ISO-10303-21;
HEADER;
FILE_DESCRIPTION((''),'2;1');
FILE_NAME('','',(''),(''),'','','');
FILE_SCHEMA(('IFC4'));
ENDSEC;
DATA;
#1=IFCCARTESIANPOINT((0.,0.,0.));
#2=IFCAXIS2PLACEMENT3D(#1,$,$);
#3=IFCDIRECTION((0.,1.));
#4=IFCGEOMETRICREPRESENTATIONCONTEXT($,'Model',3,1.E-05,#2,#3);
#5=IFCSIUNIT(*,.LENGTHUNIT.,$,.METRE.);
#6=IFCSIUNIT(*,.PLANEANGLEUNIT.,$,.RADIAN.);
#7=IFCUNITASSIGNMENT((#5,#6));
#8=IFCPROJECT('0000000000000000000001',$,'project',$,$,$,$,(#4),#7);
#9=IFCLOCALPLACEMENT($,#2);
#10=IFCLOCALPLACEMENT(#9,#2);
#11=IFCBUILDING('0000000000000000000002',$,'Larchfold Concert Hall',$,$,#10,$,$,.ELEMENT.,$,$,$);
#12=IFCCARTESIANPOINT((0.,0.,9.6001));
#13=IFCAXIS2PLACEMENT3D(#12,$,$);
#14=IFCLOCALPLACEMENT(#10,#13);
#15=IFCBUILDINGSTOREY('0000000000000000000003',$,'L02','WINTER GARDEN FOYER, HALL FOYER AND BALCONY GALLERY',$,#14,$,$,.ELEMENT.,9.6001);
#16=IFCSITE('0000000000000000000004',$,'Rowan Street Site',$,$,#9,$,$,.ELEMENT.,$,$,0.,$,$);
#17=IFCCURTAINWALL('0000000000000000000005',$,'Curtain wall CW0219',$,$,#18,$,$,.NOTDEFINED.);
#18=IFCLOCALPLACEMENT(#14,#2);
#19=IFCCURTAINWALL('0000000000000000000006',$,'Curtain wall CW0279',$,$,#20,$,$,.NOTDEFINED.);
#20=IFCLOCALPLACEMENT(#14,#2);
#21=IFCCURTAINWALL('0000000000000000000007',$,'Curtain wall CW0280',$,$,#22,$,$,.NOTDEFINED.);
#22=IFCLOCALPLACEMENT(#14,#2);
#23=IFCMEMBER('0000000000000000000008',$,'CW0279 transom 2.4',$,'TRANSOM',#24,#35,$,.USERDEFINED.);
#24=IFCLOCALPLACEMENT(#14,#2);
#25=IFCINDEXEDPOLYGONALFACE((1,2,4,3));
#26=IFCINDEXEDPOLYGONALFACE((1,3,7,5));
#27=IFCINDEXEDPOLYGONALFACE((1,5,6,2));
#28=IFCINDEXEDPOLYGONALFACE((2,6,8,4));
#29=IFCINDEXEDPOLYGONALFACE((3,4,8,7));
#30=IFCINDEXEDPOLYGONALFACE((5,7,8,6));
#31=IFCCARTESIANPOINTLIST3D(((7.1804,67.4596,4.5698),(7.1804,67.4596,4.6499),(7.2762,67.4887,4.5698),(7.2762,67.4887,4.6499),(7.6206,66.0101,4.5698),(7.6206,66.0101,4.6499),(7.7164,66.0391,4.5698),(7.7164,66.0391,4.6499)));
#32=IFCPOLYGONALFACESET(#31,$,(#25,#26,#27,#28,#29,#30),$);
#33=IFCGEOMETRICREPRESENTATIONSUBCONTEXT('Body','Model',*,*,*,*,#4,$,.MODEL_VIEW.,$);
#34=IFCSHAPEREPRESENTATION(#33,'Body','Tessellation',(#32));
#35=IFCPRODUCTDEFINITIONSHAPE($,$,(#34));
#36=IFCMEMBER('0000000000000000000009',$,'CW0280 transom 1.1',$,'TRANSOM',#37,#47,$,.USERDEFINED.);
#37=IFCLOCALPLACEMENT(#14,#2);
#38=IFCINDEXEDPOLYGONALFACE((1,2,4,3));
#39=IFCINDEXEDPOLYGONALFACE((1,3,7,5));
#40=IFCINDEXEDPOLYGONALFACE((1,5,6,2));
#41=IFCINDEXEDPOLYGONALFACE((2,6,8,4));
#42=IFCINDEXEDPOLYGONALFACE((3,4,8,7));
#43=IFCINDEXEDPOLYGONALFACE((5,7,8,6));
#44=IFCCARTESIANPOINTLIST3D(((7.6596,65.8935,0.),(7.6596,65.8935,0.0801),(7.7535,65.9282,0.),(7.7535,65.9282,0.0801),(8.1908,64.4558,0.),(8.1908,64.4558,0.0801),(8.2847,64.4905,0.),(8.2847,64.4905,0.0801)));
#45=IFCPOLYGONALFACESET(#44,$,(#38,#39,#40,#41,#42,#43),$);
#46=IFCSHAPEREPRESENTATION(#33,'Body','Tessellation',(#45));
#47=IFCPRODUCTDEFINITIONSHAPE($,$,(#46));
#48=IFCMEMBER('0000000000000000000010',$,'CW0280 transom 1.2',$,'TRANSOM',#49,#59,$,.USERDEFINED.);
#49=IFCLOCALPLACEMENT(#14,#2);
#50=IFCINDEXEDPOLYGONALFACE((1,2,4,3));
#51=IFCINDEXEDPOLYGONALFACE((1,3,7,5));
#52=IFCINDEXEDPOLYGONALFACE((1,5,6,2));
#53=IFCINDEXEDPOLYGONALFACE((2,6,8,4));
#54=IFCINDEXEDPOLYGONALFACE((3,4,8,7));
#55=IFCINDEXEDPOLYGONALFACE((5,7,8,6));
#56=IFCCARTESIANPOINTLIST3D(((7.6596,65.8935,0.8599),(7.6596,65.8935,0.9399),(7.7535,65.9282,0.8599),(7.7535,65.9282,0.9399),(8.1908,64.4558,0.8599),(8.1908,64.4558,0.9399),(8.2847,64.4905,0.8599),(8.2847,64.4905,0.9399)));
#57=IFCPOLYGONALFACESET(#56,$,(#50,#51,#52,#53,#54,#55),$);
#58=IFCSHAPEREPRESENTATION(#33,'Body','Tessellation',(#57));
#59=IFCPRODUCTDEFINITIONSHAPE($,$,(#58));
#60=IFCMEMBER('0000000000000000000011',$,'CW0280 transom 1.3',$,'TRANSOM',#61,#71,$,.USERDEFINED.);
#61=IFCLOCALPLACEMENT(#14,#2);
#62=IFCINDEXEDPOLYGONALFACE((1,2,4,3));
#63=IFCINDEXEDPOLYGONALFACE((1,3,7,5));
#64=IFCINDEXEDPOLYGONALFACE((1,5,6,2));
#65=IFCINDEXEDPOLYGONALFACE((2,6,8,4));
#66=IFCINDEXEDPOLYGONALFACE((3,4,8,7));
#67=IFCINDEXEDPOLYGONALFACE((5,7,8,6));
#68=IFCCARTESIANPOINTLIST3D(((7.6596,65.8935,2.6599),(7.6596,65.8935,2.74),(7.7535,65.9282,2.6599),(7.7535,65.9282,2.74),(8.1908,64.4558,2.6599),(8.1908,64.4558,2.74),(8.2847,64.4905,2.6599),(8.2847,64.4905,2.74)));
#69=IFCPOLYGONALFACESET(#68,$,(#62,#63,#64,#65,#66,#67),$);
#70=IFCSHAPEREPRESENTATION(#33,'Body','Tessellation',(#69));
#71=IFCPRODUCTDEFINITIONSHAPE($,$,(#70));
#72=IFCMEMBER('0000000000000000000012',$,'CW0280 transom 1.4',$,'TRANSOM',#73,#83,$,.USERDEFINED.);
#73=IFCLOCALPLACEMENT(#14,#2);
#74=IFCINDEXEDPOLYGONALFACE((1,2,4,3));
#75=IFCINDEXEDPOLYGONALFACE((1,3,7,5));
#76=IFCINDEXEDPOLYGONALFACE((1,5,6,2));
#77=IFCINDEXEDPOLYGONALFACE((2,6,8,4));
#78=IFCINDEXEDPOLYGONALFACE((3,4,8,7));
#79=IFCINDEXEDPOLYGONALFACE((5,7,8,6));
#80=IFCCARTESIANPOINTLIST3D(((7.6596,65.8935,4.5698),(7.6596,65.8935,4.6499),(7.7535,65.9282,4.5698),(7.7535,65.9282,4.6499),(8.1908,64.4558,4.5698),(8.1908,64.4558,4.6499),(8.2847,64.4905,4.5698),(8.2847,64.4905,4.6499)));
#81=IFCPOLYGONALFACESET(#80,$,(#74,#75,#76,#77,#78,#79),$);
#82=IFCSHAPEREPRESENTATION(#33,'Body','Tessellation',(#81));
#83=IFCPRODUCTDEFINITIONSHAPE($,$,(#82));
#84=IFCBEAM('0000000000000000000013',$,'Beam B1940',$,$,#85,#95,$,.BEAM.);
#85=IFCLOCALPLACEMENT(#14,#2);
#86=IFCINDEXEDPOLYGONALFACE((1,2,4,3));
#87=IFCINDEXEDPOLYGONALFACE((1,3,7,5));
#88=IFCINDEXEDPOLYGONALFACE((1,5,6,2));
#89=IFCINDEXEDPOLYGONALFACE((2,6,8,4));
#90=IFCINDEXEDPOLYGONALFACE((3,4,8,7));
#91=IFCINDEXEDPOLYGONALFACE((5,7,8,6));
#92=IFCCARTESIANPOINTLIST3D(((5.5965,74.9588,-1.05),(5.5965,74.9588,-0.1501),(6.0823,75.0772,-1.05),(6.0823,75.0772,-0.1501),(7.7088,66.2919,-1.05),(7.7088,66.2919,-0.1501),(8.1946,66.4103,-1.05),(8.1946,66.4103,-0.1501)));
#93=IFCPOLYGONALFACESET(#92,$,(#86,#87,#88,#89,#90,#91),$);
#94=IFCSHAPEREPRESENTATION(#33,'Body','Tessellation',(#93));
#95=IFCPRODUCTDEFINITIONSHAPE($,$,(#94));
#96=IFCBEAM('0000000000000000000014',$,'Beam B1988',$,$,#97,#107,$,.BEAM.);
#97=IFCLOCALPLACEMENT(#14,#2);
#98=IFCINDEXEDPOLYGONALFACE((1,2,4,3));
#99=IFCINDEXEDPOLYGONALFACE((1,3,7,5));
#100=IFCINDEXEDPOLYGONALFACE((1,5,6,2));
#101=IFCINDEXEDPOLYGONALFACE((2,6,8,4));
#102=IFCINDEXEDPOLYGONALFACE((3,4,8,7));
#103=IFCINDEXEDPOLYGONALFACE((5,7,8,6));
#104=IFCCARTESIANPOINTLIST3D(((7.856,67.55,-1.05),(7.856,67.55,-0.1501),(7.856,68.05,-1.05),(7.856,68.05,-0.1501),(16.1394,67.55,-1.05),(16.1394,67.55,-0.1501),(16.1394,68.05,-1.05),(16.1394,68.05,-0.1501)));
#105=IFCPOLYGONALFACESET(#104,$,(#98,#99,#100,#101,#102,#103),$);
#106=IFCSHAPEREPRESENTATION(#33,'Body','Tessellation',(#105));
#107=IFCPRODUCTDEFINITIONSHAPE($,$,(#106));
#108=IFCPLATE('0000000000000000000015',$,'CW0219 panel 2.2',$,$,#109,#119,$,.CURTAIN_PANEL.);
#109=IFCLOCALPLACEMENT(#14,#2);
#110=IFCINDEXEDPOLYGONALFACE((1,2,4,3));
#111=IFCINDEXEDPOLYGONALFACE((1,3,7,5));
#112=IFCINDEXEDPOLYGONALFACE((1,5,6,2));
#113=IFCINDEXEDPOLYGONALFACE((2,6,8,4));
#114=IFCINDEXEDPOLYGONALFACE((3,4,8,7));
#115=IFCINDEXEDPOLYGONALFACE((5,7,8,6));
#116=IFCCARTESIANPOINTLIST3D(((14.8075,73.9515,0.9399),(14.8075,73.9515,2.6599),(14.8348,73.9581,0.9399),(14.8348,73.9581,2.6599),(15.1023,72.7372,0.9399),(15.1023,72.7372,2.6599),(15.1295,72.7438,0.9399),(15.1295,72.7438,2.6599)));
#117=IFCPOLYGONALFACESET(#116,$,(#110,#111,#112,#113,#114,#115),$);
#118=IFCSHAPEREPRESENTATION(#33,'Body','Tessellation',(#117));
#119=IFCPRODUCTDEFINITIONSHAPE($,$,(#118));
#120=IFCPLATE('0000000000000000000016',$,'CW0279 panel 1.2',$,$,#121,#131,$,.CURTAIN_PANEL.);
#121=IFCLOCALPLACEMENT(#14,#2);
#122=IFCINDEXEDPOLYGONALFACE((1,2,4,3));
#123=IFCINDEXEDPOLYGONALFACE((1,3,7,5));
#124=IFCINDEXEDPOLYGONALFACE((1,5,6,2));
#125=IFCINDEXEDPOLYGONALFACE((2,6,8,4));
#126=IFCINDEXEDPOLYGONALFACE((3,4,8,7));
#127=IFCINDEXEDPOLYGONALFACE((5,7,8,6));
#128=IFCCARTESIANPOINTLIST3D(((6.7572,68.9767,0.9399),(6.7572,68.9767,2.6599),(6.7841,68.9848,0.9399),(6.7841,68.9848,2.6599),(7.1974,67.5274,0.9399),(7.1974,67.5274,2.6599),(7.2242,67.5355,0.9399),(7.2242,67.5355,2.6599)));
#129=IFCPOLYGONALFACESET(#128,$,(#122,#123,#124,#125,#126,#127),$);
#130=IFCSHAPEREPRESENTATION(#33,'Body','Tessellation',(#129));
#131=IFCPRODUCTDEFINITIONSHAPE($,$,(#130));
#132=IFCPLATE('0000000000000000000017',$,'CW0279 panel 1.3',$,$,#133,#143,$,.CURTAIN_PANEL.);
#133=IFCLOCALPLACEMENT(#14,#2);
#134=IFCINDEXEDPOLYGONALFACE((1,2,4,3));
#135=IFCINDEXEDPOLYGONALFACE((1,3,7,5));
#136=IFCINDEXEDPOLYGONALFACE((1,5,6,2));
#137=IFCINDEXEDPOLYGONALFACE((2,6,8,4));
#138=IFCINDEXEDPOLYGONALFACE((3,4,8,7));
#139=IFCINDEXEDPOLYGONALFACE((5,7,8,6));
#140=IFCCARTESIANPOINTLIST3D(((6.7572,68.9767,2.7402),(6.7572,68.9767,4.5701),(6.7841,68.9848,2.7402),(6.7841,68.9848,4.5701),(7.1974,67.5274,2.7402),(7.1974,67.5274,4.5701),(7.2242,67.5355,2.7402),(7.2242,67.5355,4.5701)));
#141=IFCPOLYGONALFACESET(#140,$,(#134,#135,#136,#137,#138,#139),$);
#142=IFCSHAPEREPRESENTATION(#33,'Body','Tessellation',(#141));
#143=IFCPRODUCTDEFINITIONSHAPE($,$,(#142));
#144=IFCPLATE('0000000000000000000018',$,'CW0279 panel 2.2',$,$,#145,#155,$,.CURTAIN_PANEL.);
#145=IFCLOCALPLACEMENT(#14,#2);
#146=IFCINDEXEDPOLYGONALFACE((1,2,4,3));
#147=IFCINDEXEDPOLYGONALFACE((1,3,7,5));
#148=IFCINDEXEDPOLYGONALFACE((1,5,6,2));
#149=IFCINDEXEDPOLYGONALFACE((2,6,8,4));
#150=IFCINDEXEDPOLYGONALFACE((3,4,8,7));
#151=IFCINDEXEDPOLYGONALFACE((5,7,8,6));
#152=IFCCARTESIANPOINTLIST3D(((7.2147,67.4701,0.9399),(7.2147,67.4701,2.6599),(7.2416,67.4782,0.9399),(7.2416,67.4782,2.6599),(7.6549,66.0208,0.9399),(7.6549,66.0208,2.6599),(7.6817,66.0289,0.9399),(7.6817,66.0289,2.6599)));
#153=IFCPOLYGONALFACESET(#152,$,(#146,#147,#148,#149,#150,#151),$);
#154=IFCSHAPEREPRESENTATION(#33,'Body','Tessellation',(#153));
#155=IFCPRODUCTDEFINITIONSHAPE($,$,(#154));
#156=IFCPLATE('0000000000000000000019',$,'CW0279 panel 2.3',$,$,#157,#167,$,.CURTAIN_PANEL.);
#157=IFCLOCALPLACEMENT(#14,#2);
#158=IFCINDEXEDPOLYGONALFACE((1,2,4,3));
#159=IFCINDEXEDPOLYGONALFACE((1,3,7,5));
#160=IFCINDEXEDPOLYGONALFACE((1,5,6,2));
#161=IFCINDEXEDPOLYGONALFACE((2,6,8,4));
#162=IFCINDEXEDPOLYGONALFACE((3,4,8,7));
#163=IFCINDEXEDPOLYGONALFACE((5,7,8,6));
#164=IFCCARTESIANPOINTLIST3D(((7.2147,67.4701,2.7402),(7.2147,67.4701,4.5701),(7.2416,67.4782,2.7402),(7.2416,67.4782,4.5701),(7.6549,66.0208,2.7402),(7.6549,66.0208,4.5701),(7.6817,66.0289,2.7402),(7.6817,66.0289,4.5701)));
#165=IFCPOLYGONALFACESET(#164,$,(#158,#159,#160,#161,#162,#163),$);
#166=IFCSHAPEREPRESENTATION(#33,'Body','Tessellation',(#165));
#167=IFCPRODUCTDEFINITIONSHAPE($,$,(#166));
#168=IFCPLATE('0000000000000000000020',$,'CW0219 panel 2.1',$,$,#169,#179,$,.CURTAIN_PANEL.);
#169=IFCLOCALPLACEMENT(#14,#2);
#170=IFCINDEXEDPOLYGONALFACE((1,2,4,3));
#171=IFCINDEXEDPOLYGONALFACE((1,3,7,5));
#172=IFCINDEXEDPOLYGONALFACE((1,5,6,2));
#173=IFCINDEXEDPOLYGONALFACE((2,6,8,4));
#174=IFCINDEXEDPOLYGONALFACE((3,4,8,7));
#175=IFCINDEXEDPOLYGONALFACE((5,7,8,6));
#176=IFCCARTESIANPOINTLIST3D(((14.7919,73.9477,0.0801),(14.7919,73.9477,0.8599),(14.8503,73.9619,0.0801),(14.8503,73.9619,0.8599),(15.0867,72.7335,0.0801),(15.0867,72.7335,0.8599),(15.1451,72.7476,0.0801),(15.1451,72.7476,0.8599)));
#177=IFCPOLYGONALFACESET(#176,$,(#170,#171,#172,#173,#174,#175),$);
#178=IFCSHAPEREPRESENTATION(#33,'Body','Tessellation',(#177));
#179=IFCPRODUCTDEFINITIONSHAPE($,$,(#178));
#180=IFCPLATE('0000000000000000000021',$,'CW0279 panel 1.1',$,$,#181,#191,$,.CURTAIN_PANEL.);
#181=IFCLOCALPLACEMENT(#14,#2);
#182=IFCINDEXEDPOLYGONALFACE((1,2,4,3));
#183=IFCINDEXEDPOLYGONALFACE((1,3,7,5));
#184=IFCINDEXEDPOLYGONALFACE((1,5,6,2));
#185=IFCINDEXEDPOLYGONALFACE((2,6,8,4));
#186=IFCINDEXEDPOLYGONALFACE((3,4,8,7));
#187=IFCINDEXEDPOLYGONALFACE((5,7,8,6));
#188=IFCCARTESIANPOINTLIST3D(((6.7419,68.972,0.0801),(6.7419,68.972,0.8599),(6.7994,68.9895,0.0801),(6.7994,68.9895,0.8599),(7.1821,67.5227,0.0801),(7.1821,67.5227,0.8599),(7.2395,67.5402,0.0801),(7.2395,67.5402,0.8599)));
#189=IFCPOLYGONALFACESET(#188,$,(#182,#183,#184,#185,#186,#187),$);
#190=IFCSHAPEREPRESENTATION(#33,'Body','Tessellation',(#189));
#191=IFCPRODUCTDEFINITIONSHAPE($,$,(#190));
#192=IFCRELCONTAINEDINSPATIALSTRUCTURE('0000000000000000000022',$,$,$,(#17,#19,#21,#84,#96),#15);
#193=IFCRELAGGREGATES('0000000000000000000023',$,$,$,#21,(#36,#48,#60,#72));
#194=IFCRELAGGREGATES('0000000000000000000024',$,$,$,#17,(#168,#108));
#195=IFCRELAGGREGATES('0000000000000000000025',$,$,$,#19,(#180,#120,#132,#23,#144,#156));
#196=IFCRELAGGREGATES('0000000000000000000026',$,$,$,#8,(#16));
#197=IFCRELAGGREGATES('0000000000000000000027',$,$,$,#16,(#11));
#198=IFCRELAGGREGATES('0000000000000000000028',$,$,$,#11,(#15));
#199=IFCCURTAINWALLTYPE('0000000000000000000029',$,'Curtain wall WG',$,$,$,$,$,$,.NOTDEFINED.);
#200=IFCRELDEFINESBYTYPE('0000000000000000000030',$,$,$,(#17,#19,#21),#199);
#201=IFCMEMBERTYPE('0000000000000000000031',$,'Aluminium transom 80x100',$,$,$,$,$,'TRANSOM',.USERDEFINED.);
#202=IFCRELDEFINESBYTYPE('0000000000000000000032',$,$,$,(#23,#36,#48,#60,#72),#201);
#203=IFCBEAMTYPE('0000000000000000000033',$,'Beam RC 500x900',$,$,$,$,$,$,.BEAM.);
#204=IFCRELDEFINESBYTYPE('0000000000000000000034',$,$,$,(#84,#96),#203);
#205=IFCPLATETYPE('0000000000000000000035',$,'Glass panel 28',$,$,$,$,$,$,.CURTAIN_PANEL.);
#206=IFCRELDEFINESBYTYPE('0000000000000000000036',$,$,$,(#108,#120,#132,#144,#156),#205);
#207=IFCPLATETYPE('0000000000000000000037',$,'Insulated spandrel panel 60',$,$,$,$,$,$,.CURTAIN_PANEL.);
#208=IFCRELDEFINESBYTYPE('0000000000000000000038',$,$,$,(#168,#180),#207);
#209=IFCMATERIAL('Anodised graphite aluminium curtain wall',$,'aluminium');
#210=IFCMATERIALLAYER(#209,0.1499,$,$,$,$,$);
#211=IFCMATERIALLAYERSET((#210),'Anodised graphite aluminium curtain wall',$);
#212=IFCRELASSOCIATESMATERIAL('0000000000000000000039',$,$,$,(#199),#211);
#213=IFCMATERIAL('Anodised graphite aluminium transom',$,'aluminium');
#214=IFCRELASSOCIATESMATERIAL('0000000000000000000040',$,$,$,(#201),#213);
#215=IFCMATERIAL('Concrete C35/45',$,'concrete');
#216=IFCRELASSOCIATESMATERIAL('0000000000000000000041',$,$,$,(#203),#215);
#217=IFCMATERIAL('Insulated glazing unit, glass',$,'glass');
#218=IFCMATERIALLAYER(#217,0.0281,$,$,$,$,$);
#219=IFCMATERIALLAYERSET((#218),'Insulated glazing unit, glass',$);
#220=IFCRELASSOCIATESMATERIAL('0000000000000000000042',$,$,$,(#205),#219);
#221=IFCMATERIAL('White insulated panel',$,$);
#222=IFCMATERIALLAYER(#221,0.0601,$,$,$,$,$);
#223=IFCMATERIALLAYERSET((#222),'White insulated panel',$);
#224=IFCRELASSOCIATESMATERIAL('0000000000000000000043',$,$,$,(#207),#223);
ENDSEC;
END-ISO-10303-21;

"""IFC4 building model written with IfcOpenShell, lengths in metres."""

from ifc_helpers import new_model, si_unit, direction, frame, origin, origin_2d, place, context, subcontext, project, spatial, rectangle, extrude, material, layer, layer_set, material_profile, profile_set, type_object, element, aggregate, save


model = new_model("IFC4")

# Units and contexts
model_context = context("Model", 3, precision=1e-05, world=origin(), true_north=direction((0.0, 1.0)))
body_context = subcontext(model_context, "Body", "Model", "MODEL_VIEW")
ifc_project = project(units=[si_unit("LENGTHUNIT", "METRE"), si_unit("PLANEANGLEUNIT", "RADIAN")], contexts=[model_context])

# Site, building, storey
site_placement = place(None, origin())
site = spatial("IfcSite", under=ifc_project, at=site_placement, Name="Rowan Street Site", CompositionType="ELEMENT", RefElevation=0.0)
building_placement = place(site_placement, origin())
building = spatial("IfcBuilding", under=site, at=building_placement, Name="Larchfold Concert Hall", CompositionType="ELEMENT")
storey_placement = place(building_placement, frame((0.0, 0.0, 9.6001)))
storey = spatial("IfcBuildingStorey", under=building, at=storey_placement, Name="L02", Description="WINTER GARDEN FOYER, HALL FOYER AND BALCONY GALLERY", CompositionType="ELEMENT", Elevation=9.6001)

# Curtain wall
ifc_material_1 = material(Name="Anodised graphite aluminium curtain wall", Category="aluminium")
ifc_layer_1 = layer(ifc_material_1, 0.1499)
ifc_layer_set_1 = layer_set([ifc_layer_1], Name="Anodised graphite aluminium curtain wall")
curtain_wall_type = type_object("IfcCurtainWallType", Name="Curtain wall WG", PredefinedType="NOTDEFINED", material=ifc_layer_set_1)
curtain_wall_1_placement = place(storey_placement, origin())
curtain_wall_1 = element("IfcCurtainWall", 1, at=curtain_wall_1_placement, inside=storey, type_object=curtain_wall_type, Name="Curtain wall CW0219", PredefinedType="NOTDEFINED")

# Curtain wall
curtain_wall_2_placement = place(storey_placement, origin())
curtain_wall_2 = element("IfcCurtainWall", 2, at=curtain_wall_2_placement, inside=storey, type_object=curtain_wall_type, Name="Curtain wall CW0279", PredefinedType="NOTDEFINED")

# Curtain wall
curtain_wall_3_placement = place(storey_placement, origin())
curtain_wall_3 = element("IfcCurtainWall", 3, at=curtain_wall_3_placement, inside=storey, type_object=curtain_wall_type, Name="Curtain wall CW0280", PredefinedType="NOTDEFINED")

# Members
ifc_material_2 = material(Name="Anodised graphite aluminium transom", Category="aluminium")
ifc_material_profile_1 = material_profile(ifc_material_2, rectangle(XDim=0.1001, YDim=0.0801, at=origin_2d()))
ifc_profile_set_1 = profile_set([ifc_material_profile_1], Name="Anodised graphite aluminium transom")
member_type_1 = type_object("IfcMemberType", Name="Aluminium transom 80x100", ElementType="TRANSOM", PredefinedType="USERDEFINED", material=ifc_profile_set_1)
member_1_placement = place(storey_placement, frame((7.2283, 67.4741, 4.6099), z_axis=(0.290584, -0.956849, 0.0), x_axis=(0.956849, 0.290584, 0.0)))
member_1 = element("IfcMember", 4, at=member_1_placement, type_object=member_type_1, Name="CW0279 transom 2.4", ObjectType="TRANSOM", PredefinedType="USERDEFINED", context=body_context, shape_type="SweptSolid", body=[
    extrude(rectangle(XDim=0.1001, YDim=0.0801, at=origin_2d()), origin(), (0.0, 0.0, 1.0), 1.5149),
])
member_2_placement = place(storey_placement, frame((7.7065, 65.9109, 0.04), z_axis=(0.346598, -0.938014, 0.0), x_axis=(0.938014, 0.346598, 0.0)))
member_2 = element("IfcMember", 5, at=member_2_placement, type_object=member_type_1, Name="CW0280 transom 1.1", ObjectType="TRANSOM", PredefinedType="USERDEFINED", context=body_context, shape_type="SweptSolid", body=[
    extrude(rectangle(XDim=0.1001, YDim=0.0801, at=origin_2d()), origin(), (0.0, 0.0, 1.0), 1.5327),
])
member_3_placement = place(storey_placement, frame((7.7065, 65.9109, 0.8999), z_axis=(0.346598, -0.938014, 0.0), x_axis=(0.938014, 0.346598, 0.0)))
member_3 = element("IfcMember", 6, at=member_3_placement, type_object=member_type_1, Name="CW0280 transom 1.2", ObjectType="TRANSOM", PredefinedType="USERDEFINED", context=body_context, shape_type="SweptSolid", body=[
    extrude(rectangle(XDim=0.1001, YDim=0.0801, at=origin_2d()), origin(), (0.0, 0.0, 1.0), 1.5327),
])
member_4_placement = place(storey_placement, frame((7.7065, 65.9109, 2.7), z_axis=(0.346598, -0.938014, 0.0), x_axis=(0.938014, 0.346598, 0.0)))
member_4 = element("IfcMember", 7, at=member_4_placement, type_object=member_type_1, Name="CW0280 transom 1.3", ObjectType="TRANSOM", PredefinedType="USERDEFINED", context=body_context, shape_type="SweptSolid", body=[
    extrude(rectangle(XDim=0.1001, YDim=0.0801, at=origin_2d()), origin(), (0.0, 0.0, 1.0), 1.5327),
])
member_5_placement = place(storey_placement, frame((7.7065, 65.9109, 4.6099), z_axis=(0.346598, -0.938014, 0.0), x_axis=(0.938014, 0.346598, 0.0)))
member_5 = element("IfcMember", 8, at=member_5_placement, type_object=member_type_1, Name="CW0280 transom 1.4", ObjectType="TRANSOM", PredefinedType="USERDEFINED", context=body_context, shape_type="SweptSolid", body=[
    extrude(rectangle(XDim=0.1001, YDim=0.0801, at=origin_2d()), origin(), (0.0, 0.0, 1.0), 1.5327),
])
aggregate(curtain_wall_3, [member_2, member_3, member_4, member_5])

# Beams
ifc_material_3 = material(Name="Concrete C35/45", Category="concrete")
ifc_material_profile_2 = material_profile(ifc_material_3, rectangle(XDim=0.5, YDim=0.8999, at=origin_2d()))
ifc_profile_set_2 = profile_set([ifc_material_profile_2], Name="Concrete C35/45")
beam_type = type_object("IfcBeamType", Name="Beam RC 500x900", PredefinedType="BEAM", material=ifc_profile_set_2)
beam_1_placement = place(storey_placement, frame((7.9517, 66.3511, -0.6001), z_axis=(-0.236787, 0.971562, 0.0), x_axis=(-0.971562, -0.236787, 0.0)))
element("IfcBeam", 9, at=beam_1_placement, inside=storey, type_object=beam_type, Name="Beam B1940", PredefinedType="BEAM", context=body_context, shape_type="SweptSolid", body=[
    extrude(rectangle(XDim=0.5, YDim=0.8999, at=origin_2d()), origin(), (0.0, 0.0, 1.0), 8.9207),
])
beam_2_placement = place(storey_placement, frame((7.856, 67.8, -0.6001), z_axis=(1.0, 0.0, 0.0), x_axis=(0.0, 1.0, 0.0)))
element("IfcBeam", 10, at=beam_2_placement, inside=storey, type_object=beam_type, Name="Beam B1988", PredefinedType="BEAM", context=body_context, shape_type="SweptSolid", body=[
    extrude(rectangle(XDim=0.5, YDim=0.8999, at=origin_2d()), origin(), (0.0, 0.0, 1.0), 8.2834),
])

# Plates
ifc_material_4 = material(Name="Insulated glazing unit, glass", Category="glass")
ifc_layer_2 = layer(ifc_material_4, 0.0281)
ifc_layer_set_2 = layer_set([ifc_layer_2], Name="Insulated glazing unit, glass")
plate_type_1 = type_object("IfcPlateType", Name="Glass panel 28", PredefinedType="CURTAIN_PANEL", material=ifc_layer_set_2)
plate_1_placement = place(storey_placement, frame((14.9685, 73.3477, 0.9399), z_axis=(0.0, 0.0, 1.0), x_axis=(-0.235926, 0.971771, 0.0)))
plate_1 = element("IfcPlate", 11, at=plate_1_placement, type_object=plate_type_1, Name="CW0219 panel 2.2", PredefinedType="CURTAIN_PANEL", context=body_context, shape_type="SweptSolid", body=[
    extrude(rectangle(XDim=1.2495, YDim=0.0281, at=origin_2d()), origin(), (0.0, 0.0, 1.0), 1.72),
])
plate_2_placement = place(storey_placement, frame((6.9907, 68.2561, 0.9399), z_axis=(0.0, 0.0, 1.0), x_axis=(0.290577, -0.956851, 0.0)))
plate_2 = element("IfcPlate", 12, at=plate_2_placement, type_object=plate_type_1, Name="CW0279 panel 1.2", PredefinedType="CURTAIN_PANEL", context=body_context, shape_type="SweptSolid", body=[
    extrude(rectangle(XDim=1.5146, YDim=0.0281, at=origin_2d()), origin(), (0.0, 0.0, 1.0), 1.72),
])
plate_3_placement = place(storey_placement, frame((6.9907, 68.2561, 2.7402), z_axis=(0.0, 0.0, 1.0), x_axis=(0.290577, -0.956851, 0.0)))
plate_3 = element("IfcPlate", 13, at=plate_3_placement, type_object=plate_type_1, Name="CW0279 panel 1.3", PredefinedType="CURTAIN_PANEL", context=body_context, shape_type="SweptSolid", body=[
    extrude(rectangle(XDim=1.5146, YDim=0.0281, at=origin_2d()), origin(), (0.0, 0.0, 1.0), 1.8298),
])
plate_4_placement = place(storey_placement, frame((7.4482, 66.7495, 0.9399), z_axis=(0.0, 0.0, 1.0), x_axis=(0.290577, -0.956851, 0.0)))
plate_4 = element("IfcPlate", 14, at=plate_4_placement, type_object=plate_type_1, Name="CW0279 panel 2.2", PredefinedType="CURTAIN_PANEL", context=body_context, shape_type="SweptSolid", body=[
    extrude(rectangle(XDim=1.5146, YDim=0.0281, at=origin_2d()), origin(), (0.0, 0.0, 1.0), 1.72),
])
plate_5_placement = place(storey_placement, frame((7.4482, 66.7495, 2.7402), z_axis=(0.0, 0.0, 1.0), x_axis=(0.290577, -0.956851, 0.0)))
plate_5 = element("IfcPlate", 15, at=plate_5_placement, type_object=plate_type_1, Name="CW0279 panel 2.3", PredefinedType="CURTAIN_PANEL", context=body_context, shape_type="SweptSolid", body=[
    extrude(rectangle(XDim=1.5146, YDim=0.0281, at=origin_2d()), origin(), (0.0, 0.0, 1.0), 1.8298),
])
ifc_material_5 = material(Name="White insulated panel")
ifc_layer_3 = layer(ifc_material_5, 0.0601)
ifc_layer_set_3 = layer_set([ifc_layer_3], Name="White insulated panel")
plate_type_2 = type_object("IfcPlateType", Name="Insulated spandrel panel 60", PredefinedType="CURTAIN_PANEL", material=ifc_layer_set_3)
plate_6_placement = place(storey_placement, frame((14.9685, 73.3477, 0.0801), z_axis=(0.0, 0.0, 1.0), x_axis=(-0.235926, 0.971771, 0.0)))
plate_6 = element("IfcPlate", 16, at=plate_6_placement, type_object=plate_type_2, Name="CW0219 panel 2.1", PredefinedType="CURTAIN_PANEL", context=body_context, shape_type="SweptSolid", body=[
    extrude(rectangle(XDim=1.2495, YDim=0.0601, at=origin_2d()), origin(), (0.0, 0.0, 1.0), 0.7798),
])
aggregate(curtain_wall_1, [plate_6, plate_1])
plate_7_placement = place(storey_placement, frame((6.9907, 68.2561, 0.0801), z_axis=(0.0, 0.0, 1.0), x_axis=(0.290577, -0.956851, 0.0)))
plate_7 = element("IfcPlate", 17, at=plate_7_placement, type_object=plate_type_2, Name="CW0279 panel 1.1", PredefinedType="CURTAIN_PANEL", context=body_context, shape_type="SweptSolid", body=[
    extrude(rectangle(XDim=1.5146, YDim=0.0601, at=origin_2d()), origin(), (0.0, 0.0, 1.0), 0.7798),
])
aggregate(curtain_wall_2, [plate_7, plate_2, plate_3, member_1, plate_4, plate_5])

save(model, "model.ifc")
